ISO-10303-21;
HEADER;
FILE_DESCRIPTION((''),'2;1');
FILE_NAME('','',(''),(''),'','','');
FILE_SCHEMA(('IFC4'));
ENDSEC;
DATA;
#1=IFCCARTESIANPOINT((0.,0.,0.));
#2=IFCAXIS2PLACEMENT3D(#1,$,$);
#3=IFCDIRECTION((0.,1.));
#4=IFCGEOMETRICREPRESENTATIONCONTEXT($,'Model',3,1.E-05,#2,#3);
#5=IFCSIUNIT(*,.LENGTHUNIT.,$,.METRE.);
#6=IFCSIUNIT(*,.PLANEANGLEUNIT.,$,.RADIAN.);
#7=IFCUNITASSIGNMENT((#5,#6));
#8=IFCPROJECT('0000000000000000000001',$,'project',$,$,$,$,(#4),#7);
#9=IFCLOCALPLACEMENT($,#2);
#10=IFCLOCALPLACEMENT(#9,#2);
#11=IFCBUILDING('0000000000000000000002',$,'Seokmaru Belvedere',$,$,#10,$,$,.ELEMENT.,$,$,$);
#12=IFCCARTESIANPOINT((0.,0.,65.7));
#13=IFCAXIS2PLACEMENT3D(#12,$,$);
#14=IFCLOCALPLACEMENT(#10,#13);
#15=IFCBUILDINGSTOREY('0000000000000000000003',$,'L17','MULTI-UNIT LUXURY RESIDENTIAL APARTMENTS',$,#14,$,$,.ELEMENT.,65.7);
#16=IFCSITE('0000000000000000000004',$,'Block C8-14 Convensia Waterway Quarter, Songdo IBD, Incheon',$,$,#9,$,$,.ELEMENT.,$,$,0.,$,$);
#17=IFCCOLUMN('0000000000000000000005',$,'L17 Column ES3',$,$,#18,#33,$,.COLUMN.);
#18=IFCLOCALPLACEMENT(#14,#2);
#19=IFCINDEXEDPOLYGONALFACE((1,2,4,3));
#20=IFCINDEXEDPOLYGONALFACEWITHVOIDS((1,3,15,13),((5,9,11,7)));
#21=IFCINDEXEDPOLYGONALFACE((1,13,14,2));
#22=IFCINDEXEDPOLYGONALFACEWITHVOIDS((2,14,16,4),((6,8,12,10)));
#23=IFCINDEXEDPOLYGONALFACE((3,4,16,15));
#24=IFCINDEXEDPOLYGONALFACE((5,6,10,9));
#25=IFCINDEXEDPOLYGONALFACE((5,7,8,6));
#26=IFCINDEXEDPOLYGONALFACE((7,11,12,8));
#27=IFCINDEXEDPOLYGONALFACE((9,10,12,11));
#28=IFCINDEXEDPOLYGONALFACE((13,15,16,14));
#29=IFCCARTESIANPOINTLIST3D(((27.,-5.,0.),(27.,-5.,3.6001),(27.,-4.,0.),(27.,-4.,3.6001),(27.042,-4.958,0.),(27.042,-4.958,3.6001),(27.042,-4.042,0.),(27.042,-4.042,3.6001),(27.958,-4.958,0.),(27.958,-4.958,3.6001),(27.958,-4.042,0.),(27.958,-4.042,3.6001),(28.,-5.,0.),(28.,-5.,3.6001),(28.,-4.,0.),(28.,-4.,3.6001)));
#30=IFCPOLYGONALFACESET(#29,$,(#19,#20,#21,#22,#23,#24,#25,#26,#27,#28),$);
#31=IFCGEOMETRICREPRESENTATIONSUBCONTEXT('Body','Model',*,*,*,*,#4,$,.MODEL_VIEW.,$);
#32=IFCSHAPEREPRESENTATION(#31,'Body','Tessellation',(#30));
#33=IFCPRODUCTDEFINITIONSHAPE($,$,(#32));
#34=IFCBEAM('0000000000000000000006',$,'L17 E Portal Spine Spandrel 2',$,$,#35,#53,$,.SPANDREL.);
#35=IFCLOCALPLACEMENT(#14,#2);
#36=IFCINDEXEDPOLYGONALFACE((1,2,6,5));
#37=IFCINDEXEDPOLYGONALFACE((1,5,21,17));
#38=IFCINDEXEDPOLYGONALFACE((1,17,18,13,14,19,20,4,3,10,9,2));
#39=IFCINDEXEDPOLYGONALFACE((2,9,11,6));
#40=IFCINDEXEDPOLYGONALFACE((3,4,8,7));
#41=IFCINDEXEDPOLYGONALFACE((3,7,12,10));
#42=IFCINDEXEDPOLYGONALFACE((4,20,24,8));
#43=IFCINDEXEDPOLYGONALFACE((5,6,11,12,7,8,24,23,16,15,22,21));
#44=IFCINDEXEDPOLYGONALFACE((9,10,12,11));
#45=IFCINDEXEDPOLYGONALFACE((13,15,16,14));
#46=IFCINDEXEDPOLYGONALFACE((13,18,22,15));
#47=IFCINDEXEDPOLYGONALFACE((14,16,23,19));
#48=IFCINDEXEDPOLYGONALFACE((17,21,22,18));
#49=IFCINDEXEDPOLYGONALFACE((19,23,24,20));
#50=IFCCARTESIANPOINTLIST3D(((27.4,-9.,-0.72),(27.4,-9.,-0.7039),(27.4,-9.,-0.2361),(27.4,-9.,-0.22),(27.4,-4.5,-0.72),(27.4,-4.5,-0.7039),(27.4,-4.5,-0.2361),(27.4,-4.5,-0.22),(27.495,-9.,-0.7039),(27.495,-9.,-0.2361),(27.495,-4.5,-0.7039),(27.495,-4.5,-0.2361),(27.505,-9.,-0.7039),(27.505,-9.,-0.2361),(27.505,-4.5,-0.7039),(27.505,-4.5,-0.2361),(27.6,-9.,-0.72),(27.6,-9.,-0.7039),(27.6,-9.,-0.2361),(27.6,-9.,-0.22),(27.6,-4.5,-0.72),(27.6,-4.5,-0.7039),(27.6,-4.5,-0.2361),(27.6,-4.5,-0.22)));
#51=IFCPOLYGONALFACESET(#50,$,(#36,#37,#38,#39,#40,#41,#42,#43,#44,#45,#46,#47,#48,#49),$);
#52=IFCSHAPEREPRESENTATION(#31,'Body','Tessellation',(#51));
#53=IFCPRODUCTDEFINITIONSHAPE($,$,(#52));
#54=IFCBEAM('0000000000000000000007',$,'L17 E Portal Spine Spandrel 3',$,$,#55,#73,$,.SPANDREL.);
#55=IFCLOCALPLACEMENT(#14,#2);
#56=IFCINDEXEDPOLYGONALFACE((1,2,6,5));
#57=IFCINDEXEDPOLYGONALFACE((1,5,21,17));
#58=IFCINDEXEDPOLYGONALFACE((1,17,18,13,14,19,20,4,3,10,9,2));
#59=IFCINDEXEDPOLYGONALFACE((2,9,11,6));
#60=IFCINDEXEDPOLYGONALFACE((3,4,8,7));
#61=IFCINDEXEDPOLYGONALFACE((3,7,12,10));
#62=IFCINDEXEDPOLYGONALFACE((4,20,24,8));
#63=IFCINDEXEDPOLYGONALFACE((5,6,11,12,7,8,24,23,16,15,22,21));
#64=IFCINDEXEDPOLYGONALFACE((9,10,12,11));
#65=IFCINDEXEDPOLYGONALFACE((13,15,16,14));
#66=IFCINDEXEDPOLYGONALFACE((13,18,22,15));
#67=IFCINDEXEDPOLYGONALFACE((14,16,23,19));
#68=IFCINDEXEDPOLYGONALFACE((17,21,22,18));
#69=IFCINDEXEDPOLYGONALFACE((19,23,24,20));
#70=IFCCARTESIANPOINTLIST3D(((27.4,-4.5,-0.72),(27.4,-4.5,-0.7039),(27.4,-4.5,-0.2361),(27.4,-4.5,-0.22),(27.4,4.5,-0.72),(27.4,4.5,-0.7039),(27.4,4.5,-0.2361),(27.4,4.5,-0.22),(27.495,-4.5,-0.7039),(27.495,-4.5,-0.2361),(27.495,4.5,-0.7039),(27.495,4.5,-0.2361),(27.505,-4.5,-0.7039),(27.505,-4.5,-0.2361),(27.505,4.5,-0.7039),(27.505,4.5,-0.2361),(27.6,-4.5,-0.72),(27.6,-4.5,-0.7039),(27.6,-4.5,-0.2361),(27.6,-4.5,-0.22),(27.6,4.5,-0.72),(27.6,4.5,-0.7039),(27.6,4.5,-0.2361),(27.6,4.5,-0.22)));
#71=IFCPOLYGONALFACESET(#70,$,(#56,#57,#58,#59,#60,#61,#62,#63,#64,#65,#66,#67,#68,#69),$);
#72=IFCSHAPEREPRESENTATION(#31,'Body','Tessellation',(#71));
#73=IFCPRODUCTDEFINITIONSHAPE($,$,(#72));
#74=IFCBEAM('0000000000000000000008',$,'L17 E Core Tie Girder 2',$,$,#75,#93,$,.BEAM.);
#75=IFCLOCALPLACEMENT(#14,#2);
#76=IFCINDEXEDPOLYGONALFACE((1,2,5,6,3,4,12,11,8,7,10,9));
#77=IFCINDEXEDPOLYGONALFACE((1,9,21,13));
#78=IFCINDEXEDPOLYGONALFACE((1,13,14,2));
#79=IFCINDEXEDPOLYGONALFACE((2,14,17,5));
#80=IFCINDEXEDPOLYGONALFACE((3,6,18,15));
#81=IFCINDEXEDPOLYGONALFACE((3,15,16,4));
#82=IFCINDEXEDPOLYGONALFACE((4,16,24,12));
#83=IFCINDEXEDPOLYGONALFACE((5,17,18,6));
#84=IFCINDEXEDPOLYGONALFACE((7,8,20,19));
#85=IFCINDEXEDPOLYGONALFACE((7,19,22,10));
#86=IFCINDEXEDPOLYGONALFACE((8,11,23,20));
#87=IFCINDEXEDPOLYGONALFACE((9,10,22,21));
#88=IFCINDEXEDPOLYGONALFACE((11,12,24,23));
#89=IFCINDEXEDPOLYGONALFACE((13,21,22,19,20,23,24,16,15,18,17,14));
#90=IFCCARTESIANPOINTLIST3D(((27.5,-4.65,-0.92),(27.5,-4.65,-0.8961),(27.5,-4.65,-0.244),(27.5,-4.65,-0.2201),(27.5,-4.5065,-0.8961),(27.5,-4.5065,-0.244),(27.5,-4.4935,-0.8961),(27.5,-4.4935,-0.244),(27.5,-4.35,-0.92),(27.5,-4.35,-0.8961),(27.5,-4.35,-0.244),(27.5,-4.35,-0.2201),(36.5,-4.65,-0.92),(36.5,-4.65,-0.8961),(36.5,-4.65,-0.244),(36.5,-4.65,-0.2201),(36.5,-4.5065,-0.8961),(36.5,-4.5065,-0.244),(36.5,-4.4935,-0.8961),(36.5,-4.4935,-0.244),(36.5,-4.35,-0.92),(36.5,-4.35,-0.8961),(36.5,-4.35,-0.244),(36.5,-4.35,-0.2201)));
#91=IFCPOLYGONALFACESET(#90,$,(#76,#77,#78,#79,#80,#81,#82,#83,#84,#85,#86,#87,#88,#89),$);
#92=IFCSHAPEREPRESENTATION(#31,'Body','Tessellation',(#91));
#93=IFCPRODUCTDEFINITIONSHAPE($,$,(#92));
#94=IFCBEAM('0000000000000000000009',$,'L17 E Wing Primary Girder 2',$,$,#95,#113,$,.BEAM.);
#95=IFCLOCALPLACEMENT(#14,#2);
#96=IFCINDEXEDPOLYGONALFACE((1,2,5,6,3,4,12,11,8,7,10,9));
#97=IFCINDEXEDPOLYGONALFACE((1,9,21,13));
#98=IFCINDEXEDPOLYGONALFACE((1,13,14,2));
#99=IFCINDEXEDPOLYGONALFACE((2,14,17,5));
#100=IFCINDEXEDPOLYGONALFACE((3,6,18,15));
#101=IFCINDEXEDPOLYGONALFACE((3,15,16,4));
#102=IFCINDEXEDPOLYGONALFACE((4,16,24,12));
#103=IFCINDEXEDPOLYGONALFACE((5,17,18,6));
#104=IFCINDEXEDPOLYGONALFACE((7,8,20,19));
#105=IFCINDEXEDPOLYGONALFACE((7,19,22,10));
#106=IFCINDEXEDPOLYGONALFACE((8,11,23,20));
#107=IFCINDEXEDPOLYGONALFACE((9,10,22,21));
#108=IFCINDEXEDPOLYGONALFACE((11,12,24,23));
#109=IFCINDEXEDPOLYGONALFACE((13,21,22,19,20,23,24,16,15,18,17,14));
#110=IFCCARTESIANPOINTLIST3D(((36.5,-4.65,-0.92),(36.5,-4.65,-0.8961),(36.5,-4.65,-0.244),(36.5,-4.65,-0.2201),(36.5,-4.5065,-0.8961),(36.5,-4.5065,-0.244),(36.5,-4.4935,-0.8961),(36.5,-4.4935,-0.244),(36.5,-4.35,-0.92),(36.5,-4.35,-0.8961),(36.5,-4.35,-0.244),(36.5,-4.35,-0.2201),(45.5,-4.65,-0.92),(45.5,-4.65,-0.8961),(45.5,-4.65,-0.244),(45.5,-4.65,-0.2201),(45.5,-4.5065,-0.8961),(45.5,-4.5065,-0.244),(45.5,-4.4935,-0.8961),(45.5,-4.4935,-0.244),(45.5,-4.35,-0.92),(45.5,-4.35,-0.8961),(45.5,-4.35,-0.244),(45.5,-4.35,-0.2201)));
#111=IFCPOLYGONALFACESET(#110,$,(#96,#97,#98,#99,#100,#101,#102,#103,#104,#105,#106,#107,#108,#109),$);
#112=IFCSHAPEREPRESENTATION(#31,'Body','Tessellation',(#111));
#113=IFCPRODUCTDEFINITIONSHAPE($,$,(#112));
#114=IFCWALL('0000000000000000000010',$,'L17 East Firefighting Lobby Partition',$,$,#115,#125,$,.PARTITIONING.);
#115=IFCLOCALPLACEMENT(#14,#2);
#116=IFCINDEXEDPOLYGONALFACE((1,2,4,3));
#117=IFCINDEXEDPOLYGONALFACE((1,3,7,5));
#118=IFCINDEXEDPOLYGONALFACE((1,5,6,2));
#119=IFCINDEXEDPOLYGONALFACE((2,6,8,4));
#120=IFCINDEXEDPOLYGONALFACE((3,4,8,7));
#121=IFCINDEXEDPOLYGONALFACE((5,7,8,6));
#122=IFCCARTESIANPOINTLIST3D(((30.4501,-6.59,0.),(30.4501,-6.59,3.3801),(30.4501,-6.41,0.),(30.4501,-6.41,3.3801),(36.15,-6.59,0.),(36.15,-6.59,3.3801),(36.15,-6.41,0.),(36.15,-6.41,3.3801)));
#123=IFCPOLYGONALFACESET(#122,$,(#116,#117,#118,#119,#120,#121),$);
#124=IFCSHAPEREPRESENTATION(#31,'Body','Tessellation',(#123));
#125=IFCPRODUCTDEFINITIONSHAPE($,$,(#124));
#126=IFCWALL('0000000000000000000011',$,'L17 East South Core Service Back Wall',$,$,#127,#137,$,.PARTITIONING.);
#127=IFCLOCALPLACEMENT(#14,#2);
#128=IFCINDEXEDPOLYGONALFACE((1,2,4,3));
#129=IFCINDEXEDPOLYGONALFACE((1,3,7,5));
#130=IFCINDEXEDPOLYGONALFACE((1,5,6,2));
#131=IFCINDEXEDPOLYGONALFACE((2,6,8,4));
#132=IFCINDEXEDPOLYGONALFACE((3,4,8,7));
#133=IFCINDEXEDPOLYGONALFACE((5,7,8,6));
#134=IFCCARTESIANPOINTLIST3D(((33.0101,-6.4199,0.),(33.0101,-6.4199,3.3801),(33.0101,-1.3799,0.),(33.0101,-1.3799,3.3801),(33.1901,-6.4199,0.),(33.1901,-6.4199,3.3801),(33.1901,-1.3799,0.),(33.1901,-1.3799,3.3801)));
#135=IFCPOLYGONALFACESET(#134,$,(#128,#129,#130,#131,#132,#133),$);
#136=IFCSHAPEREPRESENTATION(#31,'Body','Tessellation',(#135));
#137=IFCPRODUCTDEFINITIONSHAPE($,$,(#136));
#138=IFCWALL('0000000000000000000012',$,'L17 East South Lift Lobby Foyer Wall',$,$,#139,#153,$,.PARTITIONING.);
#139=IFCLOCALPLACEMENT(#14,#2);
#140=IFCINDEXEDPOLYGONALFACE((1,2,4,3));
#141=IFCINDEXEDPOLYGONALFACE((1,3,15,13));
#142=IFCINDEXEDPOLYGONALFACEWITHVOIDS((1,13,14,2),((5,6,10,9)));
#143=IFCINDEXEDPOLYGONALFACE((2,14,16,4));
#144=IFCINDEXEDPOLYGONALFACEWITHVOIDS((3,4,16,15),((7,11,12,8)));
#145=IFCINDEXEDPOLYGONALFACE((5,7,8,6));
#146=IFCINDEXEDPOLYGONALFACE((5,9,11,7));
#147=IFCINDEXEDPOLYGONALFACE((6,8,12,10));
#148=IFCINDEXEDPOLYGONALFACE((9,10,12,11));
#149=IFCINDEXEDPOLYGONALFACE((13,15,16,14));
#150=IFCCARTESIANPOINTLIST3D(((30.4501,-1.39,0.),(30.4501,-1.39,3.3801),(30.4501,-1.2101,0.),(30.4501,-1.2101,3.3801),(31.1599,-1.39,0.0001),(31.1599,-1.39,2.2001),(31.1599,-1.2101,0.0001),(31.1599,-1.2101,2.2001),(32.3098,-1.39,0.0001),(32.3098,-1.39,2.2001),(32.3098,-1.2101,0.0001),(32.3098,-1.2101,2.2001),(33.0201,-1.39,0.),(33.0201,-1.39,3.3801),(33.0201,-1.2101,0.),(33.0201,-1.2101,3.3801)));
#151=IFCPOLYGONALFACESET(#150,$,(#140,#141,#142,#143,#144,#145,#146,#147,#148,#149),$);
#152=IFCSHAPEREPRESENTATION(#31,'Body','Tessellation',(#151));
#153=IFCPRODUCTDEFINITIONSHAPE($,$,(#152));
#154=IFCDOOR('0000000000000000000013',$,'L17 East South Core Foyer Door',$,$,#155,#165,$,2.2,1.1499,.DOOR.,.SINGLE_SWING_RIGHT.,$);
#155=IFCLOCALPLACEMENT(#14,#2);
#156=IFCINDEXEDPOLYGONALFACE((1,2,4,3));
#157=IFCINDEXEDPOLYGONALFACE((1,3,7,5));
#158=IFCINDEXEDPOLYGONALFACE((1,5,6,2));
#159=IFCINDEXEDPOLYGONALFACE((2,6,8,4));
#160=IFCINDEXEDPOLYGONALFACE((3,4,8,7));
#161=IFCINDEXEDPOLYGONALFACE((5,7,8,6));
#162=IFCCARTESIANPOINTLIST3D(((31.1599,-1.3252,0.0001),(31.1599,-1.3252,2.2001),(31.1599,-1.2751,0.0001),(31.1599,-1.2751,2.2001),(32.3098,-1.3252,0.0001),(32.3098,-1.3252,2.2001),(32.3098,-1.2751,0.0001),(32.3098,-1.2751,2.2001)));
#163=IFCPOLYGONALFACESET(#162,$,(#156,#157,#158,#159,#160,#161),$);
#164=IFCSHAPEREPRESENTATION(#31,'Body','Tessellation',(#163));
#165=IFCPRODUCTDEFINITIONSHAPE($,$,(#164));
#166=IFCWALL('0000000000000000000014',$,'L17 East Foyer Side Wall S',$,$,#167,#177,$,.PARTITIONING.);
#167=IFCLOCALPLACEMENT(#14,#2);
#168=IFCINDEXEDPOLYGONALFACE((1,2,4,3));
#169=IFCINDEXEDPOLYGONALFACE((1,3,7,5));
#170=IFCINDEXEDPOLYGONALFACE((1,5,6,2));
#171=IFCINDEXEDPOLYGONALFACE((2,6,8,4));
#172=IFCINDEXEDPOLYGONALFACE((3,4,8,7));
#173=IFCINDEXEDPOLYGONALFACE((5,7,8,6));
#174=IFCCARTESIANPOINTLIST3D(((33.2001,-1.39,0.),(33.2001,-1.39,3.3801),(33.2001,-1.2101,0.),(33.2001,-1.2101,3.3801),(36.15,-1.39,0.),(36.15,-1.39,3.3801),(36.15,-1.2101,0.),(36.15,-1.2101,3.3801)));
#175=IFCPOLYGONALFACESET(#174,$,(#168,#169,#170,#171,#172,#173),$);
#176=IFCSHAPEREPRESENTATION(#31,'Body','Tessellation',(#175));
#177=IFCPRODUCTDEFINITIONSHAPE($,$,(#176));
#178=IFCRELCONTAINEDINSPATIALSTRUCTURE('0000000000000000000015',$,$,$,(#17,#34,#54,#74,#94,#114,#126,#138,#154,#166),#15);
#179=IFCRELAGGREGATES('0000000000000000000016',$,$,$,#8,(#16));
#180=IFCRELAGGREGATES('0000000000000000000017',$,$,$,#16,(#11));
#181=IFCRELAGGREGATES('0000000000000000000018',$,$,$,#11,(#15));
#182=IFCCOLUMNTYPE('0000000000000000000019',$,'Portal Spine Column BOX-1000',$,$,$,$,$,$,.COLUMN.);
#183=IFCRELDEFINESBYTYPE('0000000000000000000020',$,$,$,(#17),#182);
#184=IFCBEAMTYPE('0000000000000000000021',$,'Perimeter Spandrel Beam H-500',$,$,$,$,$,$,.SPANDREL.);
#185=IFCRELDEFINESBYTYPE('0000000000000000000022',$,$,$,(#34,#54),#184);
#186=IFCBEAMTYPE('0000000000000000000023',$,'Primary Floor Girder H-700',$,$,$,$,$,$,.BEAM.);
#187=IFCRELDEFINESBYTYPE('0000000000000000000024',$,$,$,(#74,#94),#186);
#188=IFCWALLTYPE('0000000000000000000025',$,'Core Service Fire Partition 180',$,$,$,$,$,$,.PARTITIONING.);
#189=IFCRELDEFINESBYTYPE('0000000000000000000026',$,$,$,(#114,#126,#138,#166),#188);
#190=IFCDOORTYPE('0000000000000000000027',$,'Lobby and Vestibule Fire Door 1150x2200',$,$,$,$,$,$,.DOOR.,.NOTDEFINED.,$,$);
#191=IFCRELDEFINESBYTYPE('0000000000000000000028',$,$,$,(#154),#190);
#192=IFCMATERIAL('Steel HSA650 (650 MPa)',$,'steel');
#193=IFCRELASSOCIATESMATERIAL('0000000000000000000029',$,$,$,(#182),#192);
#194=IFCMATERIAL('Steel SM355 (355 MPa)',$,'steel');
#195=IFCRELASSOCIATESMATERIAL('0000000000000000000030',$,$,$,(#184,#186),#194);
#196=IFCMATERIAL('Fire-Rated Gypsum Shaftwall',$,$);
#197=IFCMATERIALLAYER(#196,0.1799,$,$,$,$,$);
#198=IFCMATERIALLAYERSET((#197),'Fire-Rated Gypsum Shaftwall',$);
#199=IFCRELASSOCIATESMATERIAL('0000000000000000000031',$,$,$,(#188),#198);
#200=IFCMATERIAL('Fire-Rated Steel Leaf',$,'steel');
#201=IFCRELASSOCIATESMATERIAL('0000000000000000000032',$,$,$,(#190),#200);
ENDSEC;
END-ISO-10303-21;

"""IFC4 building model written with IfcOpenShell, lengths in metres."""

from ifc_helpers import new_model, si_unit, direction, frame, frame_2d, origin, origin_2d, place, context, subcontext, project, spatial, rectangle, hollow_rectangle, i_section, extrude, source, transform, mapped, material, layer, layer_set, material_profile, profile_set, type_object, type_shapes, element, fill, save


model = new_model("IFC4")

# Units and contexts
model_context = context("Model", 3, precision=1e-05, world=origin(), true_north=direction((0.0, 1.0)))
body_context = subcontext(model_context, "Body", "Model", "MODEL_VIEW")
ifc_project = project(units=[si_unit("LENGTHUNIT", "METRE"), si_unit("PLANEANGLEUNIT", "RADIAN")], contexts=[model_context])

# Site, building, storey
site_placement = place(None, origin())
site = spatial("IfcSite", under=ifc_project, at=site_placement, Name="Block C8-14 Convensia Waterway Quarter, Songdo IBD, Incheon", CompositionType="ELEMENT", RefElevation=0.0)
building_placement = place(site_placement, origin())
building = spatial("IfcBuilding", under=site, at=building_placement, Name="Seokmaru Belvedere", CompositionType="ELEMENT")
storey_placement = place(building_placement, frame((0.0, 0.0, 65.7)))
storey = spatial("IfcBuildingStorey", under=building, at=storey_placement, Name="L17", Description="MULTI-UNIT LUXURY RESIDENTIAL APARTMENTS", CompositionType="ELEMENT", Elevation=65.7)

# Column
ifc_material_1 = material(Name="Steel HSA650 (650 MPa)", Category="steel")
ifc_material_profile_1 = material_profile(ifc_material_1, hollow_rectangle(XDim=1.0, YDim=1.0, WallThickness=0.042, at=origin_2d()), Name="BOX-1000x1000x42")
ifc_profile_set_1 = profile_set([ifc_material_profile_1], Name="Steel HSA650 (650 MPa)")
column_type = type_object("IfcColumnType", Name="Portal Spine Column BOX-1000", PredefinedType="COLUMN", material=ifc_profile_set_1)
shared_shape_1 = source(origin(), body_context, "Body", "SweptSolid", [
    extrude(hollow_rectangle(XDim=1.0, YDim=1.0, WallThickness=0.042, at=origin_2d()), origin(), (0.0, 0.0, 1.0), 3.6001),
])
type_shapes(column_type, [shared_shape_1])
column_placement = place(storey_placement, frame((27.5, -4.5, 0.0), z_axis=(0.0, 0.0, 1.0), x_axis=(1.0, 0.0, 0.0)))
element("IfcColumn", 1, at=column_placement, inside=storey, type_object=column_type, Name="L17 Column ES3", PredefinedType="COLUMN", context=body_context, shape_type="MappedRepresentation", body=[
    mapped(shared_shape_1, transform((0.0, 0.0, 0.0), scale=1.0)),
])

# Beams
ifc_material_2 = material(Name="Steel SM355 (355 MPa)", Category="steel")
ifc_material_profile_2 = material_profile(ifc_material_2, i_section(OverallWidth=0.2, OverallDepth=0.5, WebThickness=0.01, FlangeThickness=0.0161, at=origin_2d()), Name="H-500x200x10x16")
ifc_profile_set_2 = profile_set([ifc_material_profile_2], Name="Steel SM355 (355 MPa)")
beam_type_1 = type_object("IfcBeamType", Name="Perimeter Spandrel Beam H-500", PredefinedType="SPANDREL", material=ifc_profile_set_2)
shared_shape_2 = source(origin(), body_context, "Body", "SweptSolid", [
    extrude(i_section(OverallWidth=0.2, OverallDepth=0.5, WebThickness=0.01, FlangeThickness=0.0161, at=origin_2d()), origin(), (0.0, 0.0, 1.0), 4.5),
])
beam_1_placement = place(storey_placement, frame((27.5, -9.0, -0.47), z_axis=(0.0, 1.0, 0.0), x_axis=(-1.0, 0.0, 0.0)))
element("IfcBeam", 2, at=beam_1_placement, inside=storey, type_object=beam_type_1, Name="L17 E Portal Spine Spandrel 2", PredefinedType="SPANDREL", context=body_context, shape_type="MappedRepresentation", body=[
    mapped(shared_shape_2, transform((0.0, 0.0, 0.0), scale=1.0)),
])
shared_shape_3 = source(origin(), body_context, "Body", "SweptSolid", [
    extrude(i_section(OverallWidth=0.2, OverallDepth=0.5, WebThickness=0.01, FlangeThickness=0.0161, at=origin_2d()), origin(), (0.0, 0.0, 1.0), 9.0),
])
type_shapes(beam_type_1, [shared_shape_2, shared_shape_3])
beam_2_placement = place(storey_placement, frame((27.5, -4.5, -0.47), z_axis=(0.0, 1.0, 0.0), x_axis=(-1.0, 0.0, 0.0)))
element("IfcBeam", 3, at=beam_2_placement, inside=storey, type_object=beam_type_1, Name="L17 E Portal Spine Spandrel 3", PredefinedType="SPANDREL", context=body_context, shape_type="MappedRepresentation", body=[
    mapped(shared_shape_3, transform((0.0, 0.0, 0.0), scale=1.0)),
])
ifc_material_profile_3 = material_profile(ifc_material_2, i_section(OverallWidth=0.3, OverallDepth=0.7, WebThickness=0.0129, FlangeThickness=0.0239, at=origin_2d()), Name="H-700x300x13x24")
ifc_profile_set_3 = profile_set([ifc_material_profile_3], Name="Steel SM355 (355 MPa)")
beam_type_2 = type_object("IfcBeamType", Name="Primary Floor Girder H-700", PredefinedType="BEAM", material=ifc_profile_set_3)
shared_shape_4 = source(origin(), body_context, "Body", "SweptSolid", [
    extrude(i_section(OverallWidth=0.3, OverallDepth=0.7, WebThickness=0.0129, FlangeThickness=0.0239, at=origin_2d()), origin(), (0.0, 0.0, 1.0), 9.0),
])
type_shapes(beam_type_2, [shared_shape_4])
for number, where, z_axis, x_axis, name in (
    (4, (27.5, -4.5, -0.5701), (1.0, 0.0, 0.0), (0.0, 1.0, 0.0), "L17 E Core Tie Girder 2"),
    (5, (36.5, -4.5, -0.5701), (1.0, 0.0, 0.0), (0.0, 1.0, 0.0), "L17 E Wing Primary Girder 2"),
):
    element("IfcBeam", number, at=place(storey_placement, frame(where, z_axis=z_axis, x_axis=x_axis)), inside=storey, type_object=beam_type_2, Name=name, PredefinedType="BEAM", context=body_context, shape_type="MappedRepresentation", body=[
        mapped(shared_shape_4, transform((0.0, 0.0, 0.0), scale=1.0)),
    ])

# Walls
ifc_material_3 = material(Name="Fire-Rated Gypsum Shaftwall")
ifc_layer_1 = layer(ifc_material_3, 0.1799)
ifc_layer_set_1 = layer_set([ifc_layer_1], Name="Fire-Rated Gypsum Shaftwall")
wall_type_1 = type_object("IfcWallType", Name="Core Service Fire Partition 180", PredefinedType="PARTITIONING", material=ifc_layer_set_1)
wall_1_placement = place(storey_placement, frame((30.45, -6.5, 0.0), z_axis=(0.0, 0.0, 1.0), x_axis=(1.0, 0.0, 0.0)))
element("IfcWall", 6, at=wall_1_placement, inside=storey, type_object=wall_type_1, Name="L17 East Firefighting Lobby Partition", PredefinedType="PARTITIONING", context=body_context, shape_type="SweptSolid", body=[
    extrude(rectangle(XDim=5.7, YDim=0.1799, at=frame_2d((2.8501, 0.0))), origin(), (0.0, 0.0, 1.0), 3.3801),
])
wall_2_placement = place(storey_placement, frame((33.1001, -6.4199, 0.0), z_axis=(0.0, 0.0, 1.0), x_axis=(0.0, 1.0, 0.0)))
element("IfcWall", 7, at=wall_2_placement, inside=storey, type_object=wall_type_1, Name="L17 East South Core Service Back Wall", PredefinedType="PARTITIONING", context=body_context, shape_type="SweptSolid", body=[
    extrude(rectangle(XDim=5.04, YDim=0.1799, at=frame_2d((2.52, 0.0))), origin(), (0.0, 0.0, 1.0), 3.3801),
])

# Wall, opening, door
wall_3_placement = place(storey_placement, frame((30.45, -1.3, 0.0), z_axis=(0.0, 0.0, 1.0), x_axis=(1.0, 0.0, 0.0)))
wall_3 = element("IfcWall", 8, at=wall_3_placement, inside=storey, type_object=wall_type_1, Name="L17 East South Lift Lobby Foyer Wall", PredefinedType="PARTITIONING", context=body_context, shape_type="SweptSolid", body=[
    extrude(rectangle(XDim=2.5701, YDim=0.1799, at=frame_2d((1.2852, 0.0))), origin(), (0.0, 0.0, 1.0), 3.3801),
])
opening_1_placement = place(wall_3_placement, frame((0.71, 0.0, 0.0)))
opening_1 = element("IfcOpeningElement", 9, at=opening_1_placement, cuts=wall_3, PredefinedType="OPENING", context=body_context, shape_type="SweptSolid", body=[
    extrude(rectangle(XDim=1.1499, YDim=2.2, at=frame_2d((0.575, 1.1001))), frame((0.0, 0.1001, 0.0), z_axis=(0.0, -1.0, 0.0), x_axis=(1.0, 0.0, 0.0)), (0.0, 0.0, 1.0), 0.2),
])
ifc_material_4 = material(Name="Fire-Rated Steel Leaf", Category="steel")
door_type_1 = type_object("IfcDoorType", Name="Lobby and Vestibule Fire Door 1150x2200", OperationType="NOTDEFINED", PredefinedType="DOOR", material=ifc_material_4)
shared_shape_5 = source(origin(), body_context, "Body", "SweptSolid", [
    extrude(rectangle(XDim=1.1499, YDim=2.2, at=frame_2d((0.575, 1.1001))), frame((0.0, 0.0249, 0.0), z_axis=(0.0, -1.0, 0.0), x_axis=(1.0, 0.0, 0.0)), (0.0, 0.0, 1.0), 0.05),
])
type_shapes(door_type_1, [shared_shape_5])
door_1_placement = place(opening_1_placement, origin())
door_1 = element("IfcDoor", 10, at=door_1_placement, inside=storey, type_object=door_type_1, Name="L17 East South Core Foyer Door", OperationType="SINGLE_SWING_RIGHT", OverallHeight=2.2, OverallWidth=1.1499, PredefinedType="DOOR", context=body_context, shape_type="MappedRepresentation", body=[
    mapped(shared_shape_5, transform((0.0, 0.0, 0.0), scale=1.0)),
])
fill(opening_1, door_1)

# Wall
wall_4_placement = place(storey_placement, frame((33.2, -1.3, 0.0), z_axis=(0.0, 0.0, 1.0), x_axis=(1.0, 0.0, 0.0)))
element("IfcWall", 11, at=wall_4_placement, inside=storey, type_object=wall_type_1, Name="L17 East Foyer Side Wall S", PredefinedType="PARTITIONING", context=body_context, shape_type="SweptSolid", body=[
    extrude(rectangle(XDim=2.95, YDim=0.1799, at=frame_2d((1.4751, 0.0))), origin(), (0.0, 0.0, 1.0), 3.3801),
])

save(model, "model.ifc")
